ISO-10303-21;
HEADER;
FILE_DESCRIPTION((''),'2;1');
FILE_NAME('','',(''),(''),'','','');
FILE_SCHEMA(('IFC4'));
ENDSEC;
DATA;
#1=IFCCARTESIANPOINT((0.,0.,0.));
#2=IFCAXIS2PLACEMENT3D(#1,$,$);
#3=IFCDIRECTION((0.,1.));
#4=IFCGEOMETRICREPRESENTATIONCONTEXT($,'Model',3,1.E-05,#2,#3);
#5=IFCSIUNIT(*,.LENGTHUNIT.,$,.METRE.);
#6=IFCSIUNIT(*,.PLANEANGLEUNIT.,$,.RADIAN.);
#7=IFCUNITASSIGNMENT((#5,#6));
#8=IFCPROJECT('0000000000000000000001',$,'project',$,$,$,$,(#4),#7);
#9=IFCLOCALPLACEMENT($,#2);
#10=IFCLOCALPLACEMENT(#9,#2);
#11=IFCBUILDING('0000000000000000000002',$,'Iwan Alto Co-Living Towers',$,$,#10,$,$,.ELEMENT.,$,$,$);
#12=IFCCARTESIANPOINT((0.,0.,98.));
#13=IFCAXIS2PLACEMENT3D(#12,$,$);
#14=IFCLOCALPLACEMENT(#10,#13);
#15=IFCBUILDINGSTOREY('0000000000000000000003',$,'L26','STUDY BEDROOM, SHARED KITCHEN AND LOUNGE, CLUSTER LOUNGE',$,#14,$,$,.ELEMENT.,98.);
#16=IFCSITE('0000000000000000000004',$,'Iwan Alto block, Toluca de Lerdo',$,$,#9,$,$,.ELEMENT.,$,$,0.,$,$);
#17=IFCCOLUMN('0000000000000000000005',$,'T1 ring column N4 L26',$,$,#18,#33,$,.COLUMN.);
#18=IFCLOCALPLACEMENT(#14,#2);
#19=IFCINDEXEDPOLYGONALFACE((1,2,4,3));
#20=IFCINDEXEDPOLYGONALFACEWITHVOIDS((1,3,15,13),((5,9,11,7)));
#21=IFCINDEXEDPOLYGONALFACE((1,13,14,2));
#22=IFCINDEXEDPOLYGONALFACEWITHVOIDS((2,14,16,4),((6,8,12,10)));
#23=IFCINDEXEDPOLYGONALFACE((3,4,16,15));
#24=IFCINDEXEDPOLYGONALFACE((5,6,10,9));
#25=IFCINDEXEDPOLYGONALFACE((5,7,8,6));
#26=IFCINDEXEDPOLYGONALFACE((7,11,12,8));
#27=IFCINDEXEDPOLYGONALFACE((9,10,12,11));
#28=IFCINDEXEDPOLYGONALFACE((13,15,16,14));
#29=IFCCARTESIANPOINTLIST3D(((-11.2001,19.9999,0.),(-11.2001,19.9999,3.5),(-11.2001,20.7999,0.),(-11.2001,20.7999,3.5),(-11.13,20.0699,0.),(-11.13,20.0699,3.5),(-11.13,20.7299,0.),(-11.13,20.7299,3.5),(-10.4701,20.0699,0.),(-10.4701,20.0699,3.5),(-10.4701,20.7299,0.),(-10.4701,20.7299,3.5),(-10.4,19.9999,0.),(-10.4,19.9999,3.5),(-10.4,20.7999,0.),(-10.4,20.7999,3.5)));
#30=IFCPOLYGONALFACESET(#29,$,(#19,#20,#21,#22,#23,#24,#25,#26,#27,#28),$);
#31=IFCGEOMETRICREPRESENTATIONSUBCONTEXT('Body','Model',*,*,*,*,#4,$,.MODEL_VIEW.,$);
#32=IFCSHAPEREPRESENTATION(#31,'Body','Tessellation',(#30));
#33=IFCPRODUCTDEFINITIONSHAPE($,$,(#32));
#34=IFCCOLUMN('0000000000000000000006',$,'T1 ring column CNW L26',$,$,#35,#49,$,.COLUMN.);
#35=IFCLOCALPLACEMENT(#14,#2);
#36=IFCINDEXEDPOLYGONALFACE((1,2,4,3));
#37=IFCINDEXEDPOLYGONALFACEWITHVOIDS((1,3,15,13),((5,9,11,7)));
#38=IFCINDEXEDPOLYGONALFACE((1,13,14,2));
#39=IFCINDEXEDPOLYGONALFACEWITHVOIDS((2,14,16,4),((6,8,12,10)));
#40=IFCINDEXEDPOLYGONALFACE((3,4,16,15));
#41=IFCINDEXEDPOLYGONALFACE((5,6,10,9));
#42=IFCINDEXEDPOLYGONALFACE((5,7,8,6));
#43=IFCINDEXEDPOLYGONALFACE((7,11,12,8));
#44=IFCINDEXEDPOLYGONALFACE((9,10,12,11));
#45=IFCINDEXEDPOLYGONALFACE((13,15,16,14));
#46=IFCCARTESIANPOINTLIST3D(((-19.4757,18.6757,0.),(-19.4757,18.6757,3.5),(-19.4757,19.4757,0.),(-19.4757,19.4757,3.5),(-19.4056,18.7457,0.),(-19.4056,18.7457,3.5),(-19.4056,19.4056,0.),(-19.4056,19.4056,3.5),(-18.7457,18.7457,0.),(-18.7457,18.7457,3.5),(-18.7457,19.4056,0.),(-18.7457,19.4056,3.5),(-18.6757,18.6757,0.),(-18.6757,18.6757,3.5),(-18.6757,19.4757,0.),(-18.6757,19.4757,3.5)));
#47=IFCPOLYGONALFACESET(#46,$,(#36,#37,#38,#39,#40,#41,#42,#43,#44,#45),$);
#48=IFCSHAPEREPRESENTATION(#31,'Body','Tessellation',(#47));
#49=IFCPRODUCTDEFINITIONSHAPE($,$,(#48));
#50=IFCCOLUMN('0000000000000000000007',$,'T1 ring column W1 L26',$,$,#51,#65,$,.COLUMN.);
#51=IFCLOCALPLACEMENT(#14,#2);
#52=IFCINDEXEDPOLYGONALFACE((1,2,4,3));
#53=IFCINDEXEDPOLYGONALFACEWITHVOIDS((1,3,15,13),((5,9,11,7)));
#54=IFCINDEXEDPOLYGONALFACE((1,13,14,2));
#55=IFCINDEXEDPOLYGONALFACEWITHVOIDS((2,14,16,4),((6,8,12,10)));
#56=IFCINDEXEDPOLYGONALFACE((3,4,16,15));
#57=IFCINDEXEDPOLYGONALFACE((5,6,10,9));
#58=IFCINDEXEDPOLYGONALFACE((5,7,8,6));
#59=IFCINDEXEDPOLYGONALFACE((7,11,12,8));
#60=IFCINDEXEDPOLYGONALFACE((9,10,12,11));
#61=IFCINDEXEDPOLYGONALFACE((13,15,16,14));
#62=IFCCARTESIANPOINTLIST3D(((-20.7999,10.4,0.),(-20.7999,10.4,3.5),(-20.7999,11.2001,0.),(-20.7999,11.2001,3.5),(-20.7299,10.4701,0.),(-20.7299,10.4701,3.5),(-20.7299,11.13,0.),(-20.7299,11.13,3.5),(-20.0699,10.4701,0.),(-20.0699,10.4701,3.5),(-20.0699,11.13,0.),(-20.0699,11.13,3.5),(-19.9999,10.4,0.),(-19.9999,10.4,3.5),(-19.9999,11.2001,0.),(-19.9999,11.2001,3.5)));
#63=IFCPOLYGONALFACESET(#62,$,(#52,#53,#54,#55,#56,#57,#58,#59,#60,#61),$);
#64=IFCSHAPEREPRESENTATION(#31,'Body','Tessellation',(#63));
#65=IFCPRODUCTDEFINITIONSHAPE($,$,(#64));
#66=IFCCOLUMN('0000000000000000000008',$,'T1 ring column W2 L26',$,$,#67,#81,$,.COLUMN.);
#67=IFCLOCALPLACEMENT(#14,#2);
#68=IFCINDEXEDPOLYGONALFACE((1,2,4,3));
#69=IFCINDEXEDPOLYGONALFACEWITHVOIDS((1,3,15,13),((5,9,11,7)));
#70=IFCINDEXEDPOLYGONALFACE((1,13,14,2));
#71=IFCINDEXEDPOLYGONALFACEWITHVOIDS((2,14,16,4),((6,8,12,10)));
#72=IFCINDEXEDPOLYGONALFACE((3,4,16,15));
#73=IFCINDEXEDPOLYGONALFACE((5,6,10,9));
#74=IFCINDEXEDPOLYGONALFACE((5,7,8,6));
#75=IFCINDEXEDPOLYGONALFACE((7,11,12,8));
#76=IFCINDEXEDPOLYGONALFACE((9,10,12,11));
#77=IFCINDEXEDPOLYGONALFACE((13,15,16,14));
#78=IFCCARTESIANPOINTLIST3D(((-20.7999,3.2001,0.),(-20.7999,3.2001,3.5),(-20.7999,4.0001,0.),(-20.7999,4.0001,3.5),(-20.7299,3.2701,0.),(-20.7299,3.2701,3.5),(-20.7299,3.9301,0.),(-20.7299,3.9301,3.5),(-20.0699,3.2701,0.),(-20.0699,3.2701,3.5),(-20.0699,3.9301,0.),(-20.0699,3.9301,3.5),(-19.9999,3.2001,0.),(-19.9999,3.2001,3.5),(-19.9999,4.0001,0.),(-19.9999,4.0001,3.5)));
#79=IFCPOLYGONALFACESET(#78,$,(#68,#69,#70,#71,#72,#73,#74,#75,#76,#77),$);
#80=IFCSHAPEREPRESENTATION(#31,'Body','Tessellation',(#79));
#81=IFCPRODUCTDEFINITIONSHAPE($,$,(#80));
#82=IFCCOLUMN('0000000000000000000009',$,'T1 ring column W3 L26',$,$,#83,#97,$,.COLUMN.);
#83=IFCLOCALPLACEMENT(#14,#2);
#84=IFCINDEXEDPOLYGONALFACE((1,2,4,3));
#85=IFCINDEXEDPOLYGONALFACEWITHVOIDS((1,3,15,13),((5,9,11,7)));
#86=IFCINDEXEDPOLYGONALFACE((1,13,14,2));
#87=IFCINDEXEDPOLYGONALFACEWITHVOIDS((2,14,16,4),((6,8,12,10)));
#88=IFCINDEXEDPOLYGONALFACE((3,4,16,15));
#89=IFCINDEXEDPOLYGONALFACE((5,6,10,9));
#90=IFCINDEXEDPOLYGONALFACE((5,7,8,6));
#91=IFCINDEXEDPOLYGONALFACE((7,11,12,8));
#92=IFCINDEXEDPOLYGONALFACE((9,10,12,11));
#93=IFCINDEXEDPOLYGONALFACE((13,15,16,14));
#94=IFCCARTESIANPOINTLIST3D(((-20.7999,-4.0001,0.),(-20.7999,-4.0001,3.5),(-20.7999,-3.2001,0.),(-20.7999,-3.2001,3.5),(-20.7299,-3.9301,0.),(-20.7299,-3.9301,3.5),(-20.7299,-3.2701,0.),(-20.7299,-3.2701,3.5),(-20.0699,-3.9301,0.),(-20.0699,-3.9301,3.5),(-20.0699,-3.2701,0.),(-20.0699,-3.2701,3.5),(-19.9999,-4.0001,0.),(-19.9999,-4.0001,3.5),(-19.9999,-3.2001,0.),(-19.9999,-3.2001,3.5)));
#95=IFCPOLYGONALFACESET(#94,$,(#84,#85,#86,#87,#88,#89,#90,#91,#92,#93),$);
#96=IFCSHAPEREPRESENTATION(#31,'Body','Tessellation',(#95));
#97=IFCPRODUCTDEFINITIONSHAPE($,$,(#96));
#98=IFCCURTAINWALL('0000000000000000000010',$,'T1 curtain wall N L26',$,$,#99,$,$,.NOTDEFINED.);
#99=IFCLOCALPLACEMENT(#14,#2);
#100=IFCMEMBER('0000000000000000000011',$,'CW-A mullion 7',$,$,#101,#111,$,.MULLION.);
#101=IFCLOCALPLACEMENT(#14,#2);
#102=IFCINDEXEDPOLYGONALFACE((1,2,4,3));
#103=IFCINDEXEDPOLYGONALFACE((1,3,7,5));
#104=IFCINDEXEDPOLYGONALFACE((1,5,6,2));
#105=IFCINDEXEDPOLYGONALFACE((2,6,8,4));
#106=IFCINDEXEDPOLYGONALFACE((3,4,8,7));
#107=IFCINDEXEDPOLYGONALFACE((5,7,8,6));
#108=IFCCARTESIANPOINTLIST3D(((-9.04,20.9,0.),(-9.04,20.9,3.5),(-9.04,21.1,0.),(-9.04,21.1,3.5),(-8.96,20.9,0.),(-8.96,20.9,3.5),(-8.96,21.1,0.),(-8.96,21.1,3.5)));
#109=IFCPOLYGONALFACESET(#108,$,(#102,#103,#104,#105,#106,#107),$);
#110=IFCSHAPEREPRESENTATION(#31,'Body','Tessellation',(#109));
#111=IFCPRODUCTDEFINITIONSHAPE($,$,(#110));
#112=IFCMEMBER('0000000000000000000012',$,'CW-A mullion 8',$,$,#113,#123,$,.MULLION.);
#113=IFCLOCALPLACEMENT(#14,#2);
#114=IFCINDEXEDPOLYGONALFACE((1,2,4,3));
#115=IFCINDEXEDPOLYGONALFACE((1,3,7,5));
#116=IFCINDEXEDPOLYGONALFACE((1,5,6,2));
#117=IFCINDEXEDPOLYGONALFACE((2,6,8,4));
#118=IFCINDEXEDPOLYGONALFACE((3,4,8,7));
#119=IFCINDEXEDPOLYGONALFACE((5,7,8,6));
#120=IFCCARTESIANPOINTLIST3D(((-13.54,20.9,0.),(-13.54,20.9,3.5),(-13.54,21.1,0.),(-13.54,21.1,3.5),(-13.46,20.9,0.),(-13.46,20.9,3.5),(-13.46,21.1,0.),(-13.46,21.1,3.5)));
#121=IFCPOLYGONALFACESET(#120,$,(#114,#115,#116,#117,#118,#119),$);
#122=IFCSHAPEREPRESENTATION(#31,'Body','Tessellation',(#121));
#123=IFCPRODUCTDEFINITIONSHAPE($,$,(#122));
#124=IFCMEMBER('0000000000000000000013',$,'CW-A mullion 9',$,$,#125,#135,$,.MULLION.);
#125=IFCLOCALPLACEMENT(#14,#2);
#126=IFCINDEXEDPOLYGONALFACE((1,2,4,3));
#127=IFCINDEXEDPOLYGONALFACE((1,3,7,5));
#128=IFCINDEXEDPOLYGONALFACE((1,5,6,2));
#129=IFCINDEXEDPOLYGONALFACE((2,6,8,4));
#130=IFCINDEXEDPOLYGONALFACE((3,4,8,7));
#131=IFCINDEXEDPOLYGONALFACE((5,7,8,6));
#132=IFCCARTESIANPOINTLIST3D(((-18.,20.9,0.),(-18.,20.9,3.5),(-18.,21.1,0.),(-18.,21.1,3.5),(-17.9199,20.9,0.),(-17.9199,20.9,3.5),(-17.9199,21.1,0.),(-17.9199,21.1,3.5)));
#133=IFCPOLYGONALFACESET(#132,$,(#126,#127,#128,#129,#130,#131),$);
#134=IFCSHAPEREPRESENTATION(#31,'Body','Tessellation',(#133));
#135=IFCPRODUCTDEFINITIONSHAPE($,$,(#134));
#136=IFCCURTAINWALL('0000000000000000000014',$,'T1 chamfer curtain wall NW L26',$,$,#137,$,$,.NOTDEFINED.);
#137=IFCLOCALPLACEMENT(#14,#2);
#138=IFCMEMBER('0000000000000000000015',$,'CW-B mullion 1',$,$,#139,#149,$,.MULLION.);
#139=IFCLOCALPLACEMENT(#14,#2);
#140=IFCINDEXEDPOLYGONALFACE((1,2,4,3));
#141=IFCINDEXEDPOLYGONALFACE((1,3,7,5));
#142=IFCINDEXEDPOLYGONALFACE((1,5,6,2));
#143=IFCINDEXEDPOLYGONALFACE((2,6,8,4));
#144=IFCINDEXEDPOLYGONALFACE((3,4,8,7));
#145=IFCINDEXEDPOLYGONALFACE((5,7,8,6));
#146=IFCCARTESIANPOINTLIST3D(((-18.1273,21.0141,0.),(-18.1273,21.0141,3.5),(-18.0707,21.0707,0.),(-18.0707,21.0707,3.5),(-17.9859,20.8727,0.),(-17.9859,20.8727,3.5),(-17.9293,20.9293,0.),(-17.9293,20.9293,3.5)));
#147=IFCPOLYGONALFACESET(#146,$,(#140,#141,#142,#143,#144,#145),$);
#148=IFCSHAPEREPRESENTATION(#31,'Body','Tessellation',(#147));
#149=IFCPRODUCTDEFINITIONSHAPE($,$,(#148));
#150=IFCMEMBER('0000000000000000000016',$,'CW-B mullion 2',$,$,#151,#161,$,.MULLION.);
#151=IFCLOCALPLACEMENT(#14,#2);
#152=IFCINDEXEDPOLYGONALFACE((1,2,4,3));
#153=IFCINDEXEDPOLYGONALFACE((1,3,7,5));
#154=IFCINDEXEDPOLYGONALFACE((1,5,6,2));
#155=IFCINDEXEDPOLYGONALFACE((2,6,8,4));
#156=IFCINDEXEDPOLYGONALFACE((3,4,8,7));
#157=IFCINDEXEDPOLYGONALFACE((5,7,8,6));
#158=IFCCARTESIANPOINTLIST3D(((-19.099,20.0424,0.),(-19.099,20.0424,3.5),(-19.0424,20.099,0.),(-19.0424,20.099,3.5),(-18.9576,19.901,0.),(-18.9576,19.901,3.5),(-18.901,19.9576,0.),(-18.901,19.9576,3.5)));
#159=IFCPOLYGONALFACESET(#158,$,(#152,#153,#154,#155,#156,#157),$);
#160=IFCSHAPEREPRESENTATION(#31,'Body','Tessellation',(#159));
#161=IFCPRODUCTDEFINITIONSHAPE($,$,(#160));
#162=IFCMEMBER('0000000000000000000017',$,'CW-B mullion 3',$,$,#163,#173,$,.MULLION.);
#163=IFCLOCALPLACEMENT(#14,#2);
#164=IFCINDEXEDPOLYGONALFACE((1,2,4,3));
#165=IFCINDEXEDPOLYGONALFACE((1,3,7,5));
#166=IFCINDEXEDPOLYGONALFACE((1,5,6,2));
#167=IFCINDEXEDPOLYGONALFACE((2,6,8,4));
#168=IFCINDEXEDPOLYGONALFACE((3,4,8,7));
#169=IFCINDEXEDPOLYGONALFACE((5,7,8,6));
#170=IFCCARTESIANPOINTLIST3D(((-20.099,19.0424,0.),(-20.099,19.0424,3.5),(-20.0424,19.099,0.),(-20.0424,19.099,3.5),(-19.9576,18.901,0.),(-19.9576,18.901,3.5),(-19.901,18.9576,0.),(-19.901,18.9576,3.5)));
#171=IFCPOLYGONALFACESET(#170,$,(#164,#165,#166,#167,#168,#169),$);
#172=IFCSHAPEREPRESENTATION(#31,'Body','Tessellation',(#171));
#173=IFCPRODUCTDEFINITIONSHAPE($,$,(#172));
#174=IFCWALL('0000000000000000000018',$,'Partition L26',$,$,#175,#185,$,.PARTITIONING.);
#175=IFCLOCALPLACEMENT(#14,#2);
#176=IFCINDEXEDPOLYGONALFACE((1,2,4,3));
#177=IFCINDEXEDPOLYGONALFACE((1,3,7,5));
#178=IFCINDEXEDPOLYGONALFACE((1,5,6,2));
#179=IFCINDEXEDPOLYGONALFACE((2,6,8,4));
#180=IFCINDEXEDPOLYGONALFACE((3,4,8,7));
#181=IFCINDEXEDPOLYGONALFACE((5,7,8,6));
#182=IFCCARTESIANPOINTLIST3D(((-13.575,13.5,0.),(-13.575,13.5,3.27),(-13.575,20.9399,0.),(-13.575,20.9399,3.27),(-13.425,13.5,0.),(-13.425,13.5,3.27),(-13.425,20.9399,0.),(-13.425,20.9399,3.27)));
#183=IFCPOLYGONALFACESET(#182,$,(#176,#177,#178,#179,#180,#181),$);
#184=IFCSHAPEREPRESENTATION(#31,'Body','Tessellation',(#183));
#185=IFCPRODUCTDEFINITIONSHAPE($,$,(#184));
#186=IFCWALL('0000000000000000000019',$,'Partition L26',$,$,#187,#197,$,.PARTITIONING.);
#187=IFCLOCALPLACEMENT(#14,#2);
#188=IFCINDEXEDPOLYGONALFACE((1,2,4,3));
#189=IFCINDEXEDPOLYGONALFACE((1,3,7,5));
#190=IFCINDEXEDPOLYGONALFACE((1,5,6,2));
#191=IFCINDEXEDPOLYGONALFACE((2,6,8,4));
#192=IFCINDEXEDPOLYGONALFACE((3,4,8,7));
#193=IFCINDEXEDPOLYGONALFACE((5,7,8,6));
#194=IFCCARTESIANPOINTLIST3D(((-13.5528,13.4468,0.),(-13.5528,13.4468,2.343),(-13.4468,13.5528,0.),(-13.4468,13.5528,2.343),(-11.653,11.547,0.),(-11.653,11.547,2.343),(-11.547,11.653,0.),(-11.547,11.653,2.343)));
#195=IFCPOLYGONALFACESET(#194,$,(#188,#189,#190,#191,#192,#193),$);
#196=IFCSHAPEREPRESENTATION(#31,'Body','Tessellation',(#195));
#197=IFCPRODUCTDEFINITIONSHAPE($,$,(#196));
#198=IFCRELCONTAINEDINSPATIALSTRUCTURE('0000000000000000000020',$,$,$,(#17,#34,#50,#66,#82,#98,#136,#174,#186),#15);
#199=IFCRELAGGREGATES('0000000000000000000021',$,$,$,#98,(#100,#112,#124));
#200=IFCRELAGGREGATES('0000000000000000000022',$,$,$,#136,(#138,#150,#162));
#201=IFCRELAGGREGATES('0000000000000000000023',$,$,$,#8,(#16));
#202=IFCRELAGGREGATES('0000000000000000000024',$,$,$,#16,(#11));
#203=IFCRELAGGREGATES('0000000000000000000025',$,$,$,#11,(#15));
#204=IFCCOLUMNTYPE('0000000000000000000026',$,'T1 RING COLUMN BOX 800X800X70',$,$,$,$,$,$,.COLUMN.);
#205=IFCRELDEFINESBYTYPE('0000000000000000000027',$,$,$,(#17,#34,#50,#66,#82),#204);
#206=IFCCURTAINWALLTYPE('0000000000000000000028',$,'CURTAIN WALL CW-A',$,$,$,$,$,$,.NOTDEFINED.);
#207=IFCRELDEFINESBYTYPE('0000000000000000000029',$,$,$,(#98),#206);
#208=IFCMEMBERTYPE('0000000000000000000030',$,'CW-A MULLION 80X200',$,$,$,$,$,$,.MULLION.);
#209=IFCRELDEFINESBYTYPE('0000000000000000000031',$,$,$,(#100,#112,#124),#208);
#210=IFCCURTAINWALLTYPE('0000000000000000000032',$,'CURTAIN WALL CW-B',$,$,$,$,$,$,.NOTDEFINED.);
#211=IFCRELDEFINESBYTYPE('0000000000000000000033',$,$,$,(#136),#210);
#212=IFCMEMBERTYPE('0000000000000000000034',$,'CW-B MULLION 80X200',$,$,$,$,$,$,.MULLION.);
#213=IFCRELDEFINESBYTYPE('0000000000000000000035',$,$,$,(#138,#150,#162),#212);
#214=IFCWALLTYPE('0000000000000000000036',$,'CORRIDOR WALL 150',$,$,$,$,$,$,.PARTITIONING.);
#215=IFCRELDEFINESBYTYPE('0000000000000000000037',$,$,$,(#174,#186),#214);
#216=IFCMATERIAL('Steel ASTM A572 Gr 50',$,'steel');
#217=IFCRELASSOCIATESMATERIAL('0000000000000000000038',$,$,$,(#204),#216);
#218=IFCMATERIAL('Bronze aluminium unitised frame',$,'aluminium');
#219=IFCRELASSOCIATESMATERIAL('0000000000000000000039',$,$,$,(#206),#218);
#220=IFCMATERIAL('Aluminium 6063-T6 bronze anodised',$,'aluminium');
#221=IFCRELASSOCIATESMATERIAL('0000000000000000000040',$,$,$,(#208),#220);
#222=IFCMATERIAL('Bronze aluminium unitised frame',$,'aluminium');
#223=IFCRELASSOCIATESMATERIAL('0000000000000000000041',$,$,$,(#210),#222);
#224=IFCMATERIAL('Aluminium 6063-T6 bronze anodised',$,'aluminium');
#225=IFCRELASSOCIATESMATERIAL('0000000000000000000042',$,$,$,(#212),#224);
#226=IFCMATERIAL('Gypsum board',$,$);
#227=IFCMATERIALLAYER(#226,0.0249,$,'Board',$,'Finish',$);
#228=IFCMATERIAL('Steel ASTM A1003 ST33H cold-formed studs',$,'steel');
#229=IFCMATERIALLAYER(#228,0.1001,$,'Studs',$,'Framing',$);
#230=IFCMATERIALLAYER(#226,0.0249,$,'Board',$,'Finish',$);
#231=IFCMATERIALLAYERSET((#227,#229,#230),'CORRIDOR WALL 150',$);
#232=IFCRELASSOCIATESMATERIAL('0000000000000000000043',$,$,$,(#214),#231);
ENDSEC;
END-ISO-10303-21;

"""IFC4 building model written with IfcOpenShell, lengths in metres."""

from ifc_helpers import new_model, si_unit, direction, frame, frame_2d, origin, origin_2d, place, context, subcontext, project, spatial, rectangle, hollow_rectangle, extrude, material, layer, layer_set, material_profile, profile_set, type_object, element, aggregate, save


model = new_model("IFC4")

# Units and contexts
model_context = context("Model", 3, precision=1e-05, world=origin(), true_north=direction((0.0, 1.0)))
body_context = subcontext(model_context, "Body", "Model", "MODEL_VIEW")
ifc_project = project(units=[si_unit("LENGTHUNIT", "METRE"), si_unit("PLANEANGLEUNIT", "RADIAN")], contexts=[model_context])

# Site, building, storey
site_placement = place(None, origin())
site = spatial("IfcSite", under=ifc_project, at=site_placement, Name="Iwan Alto block, Toluca de Lerdo", CompositionType="ELEMENT", RefElevation=0.0)
building_placement = place(site_placement, origin())
building = spatial("IfcBuilding", under=site, at=building_placement, Name="Iwan Alto Co-Living Towers", CompositionType="ELEMENT")
storey_placement = place(building_placement, frame((0.0, 0.0, 98.0)))
storey = spatial("IfcBuildingStorey", under=building, at=storey_placement, Name="L26", Description="STUDY BEDROOM, SHARED KITCHEN AND LOUNGE, CLUSTER LOUNGE", CompositionType="ELEMENT", Elevation=98.0)

# Columns
ifc_material_1 = material(Name="Steel ASTM A572 Gr 50", Category="steel")
ifc_material_profile_1 = material_profile(ifc_material_1, hollow_rectangle(XDim=0.8, YDim=0.8, WallThickness=0.0701, at=origin_2d()), Name="BOX 800X800X70")
ifc_profile_set_1 = profile_set([ifc_material_profile_1], Name="Steel ASTM A572 Gr 50")
column_type = type_object("IfcColumnType", Name="T1 RING COLUMN BOX 800X800X70", PredefinedType="COLUMN", material=ifc_profile_set_1)
for number, where, z_axis, x_axis, name in (
    (1, (-10.8, 20.3999, 0.0), (0.0, 0.0, 1.0), (1.0, 0.0, 0.0), "T1 ring column N4 L26"),
    (2, (-19.0757, 19.0757, 0.0), (0.0, 0.0, 1.0), (1.0, 0.0, 0.0), "T1 ring column CNW L26"),
    (3, (-20.3999, 10.8, 0.0), (0.0, 0.0, 1.0), (1.0, 0.0, 0.0), "T1 ring column W1 L26"),
    (4, (-20.3999, 3.6001, 0.0), (0.0, 0.0, 1.0), (1.0, 0.0, 0.0), "T1 ring column W2 L26"),
    (5, (-20.3999, -3.6001, 0.0), (0.0, 0.0, 1.0), (1.0, 0.0, 0.0), "T1 ring column W3 L26"),
):
    element("IfcColumn", number, at=place(storey_placement, frame(where, z_axis=z_axis, x_axis=x_axis)), inside=storey, type_object=column_type, Name=name, PredefinedType="COLUMN", context=body_context, shape_type="SweptSolid", body=[
        extrude(hollow_rectangle(XDim=0.8, YDim=0.8, WallThickness=0.0701, at=origin_2d()), origin(), (0.0, 0.0, 1.0), 3.5),
    ])

# Curtain walls, members
ifc_material_2 = material(Name="Bronze aluminium unitised frame", Category="aluminium")
curtain_wall_type_1 = type_object("IfcCurtainWallType", Name="CURTAIN WALL CW-A", PredefinedType="NOTDEFINED", material=ifc_material_2)
curtain_wall_1_placement = place(storey_placement, origin())
curtain_wall_1 = element("IfcCurtainWall", 6, at=curtain_wall_1_placement, inside=storey, type_object=curtain_wall_type_1, Name="T1 curtain wall N L26", PredefinedType="NOTDEFINED")
ifc_material_3 = material(Name="Aluminium 6063-T6 bronze anodised", Category="aluminium")
ifc_material_profile_2 = material_profile(ifc_material_3, rectangle(XDim=0.2, YDim=0.0801, at=origin_2d()), Name="AL 80X200")
ifc_profile_set_2 = profile_set([ifc_material_profile_2], Name="Aluminium 6063-T6 bronze anodised")
member_type_1 = type_object("IfcMemberType", Name="CW-A MULLION 80X200", PredefinedType="MULLION", material=ifc_profile_set_2)
member_1_placement = place(storey_placement, frame((-9.0, 21.0, 0.0), z_axis=(0.0, 0.0, 1.0), x_axis=(0.0, -1.0, 0.0)))
member_1 = element("IfcMember", 7, at=member_1_placement, type_object=member_type_1, Name="CW-A mullion 7", PredefinedType="MULLION", context=body_context, shape_type="SweptSolid", body=[
    extrude(rectangle(XDim=0.2, YDim=0.0801, at=origin_2d()), origin(), (0.0, 0.0, 1.0), 3.5),
])
member_2_placement = place(storey_placement, frame((-13.5, 21.0, 0.0), z_axis=(0.0, 0.0, 1.0), x_axis=(0.0, -1.0, 0.0)))
member_2 = element("IfcMember", 8, at=member_2_placement, type_object=member_type_1, Name="CW-A mullion 8", PredefinedType="MULLION", context=body_context, shape_type="SweptSolid", body=[
    extrude(rectangle(XDim=0.2, YDim=0.0801, at=origin_2d()), origin(), (0.0, 0.0, 1.0), 3.5),
])
member_3_placement = place(storey_placement, frame((-17.96, 21.0, 0.0), z_axis=(0.0, 0.0, 1.0), x_axis=(0.0, -1.0, 0.0)))
member_3 = element("IfcMember", 9, at=member_3_placement, type_object=member_type_1, Name="CW-A mullion 9", PredefinedType="MULLION", context=body_context, shape_type="SweptSolid", body=[
    extrude(rectangle(XDim=0.2, YDim=0.0801, at=origin_2d()), origin(), (0.0, 0.0, 1.0), 3.5),
])
aggregate(curtain_wall_1, [member_1, member_2, member_3])
ifc_material_4 = material(Name="Bronze aluminium unitised frame", Category="aluminium")
curtain_wall_type_2 = type_object("IfcCurtainWallType", Name="CURTAIN WALL CW-B", PredefinedType="NOTDEFINED", material=ifc_material_4)
curtain_wall_2_placement = place(storey_placement, origin())
curtain_wall_2 = element("IfcCurtainWall", 10, at=curtain_wall_2_placement, inside=storey, type_object=curtain_wall_type_2, Name="T1 chamfer curtain wall NW L26", PredefinedType="NOTDEFINED")
ifc_material_5 = material(Name="Aluminium 6063-T6 bronze anodised", Category="aluminium")
ifc_material_profile_3 = material_profile(ifc_material_5, rectangle(XDim=0.2, YDim=0.0801, at=origin_2d()), Name="AL 80X200")
ifc_profile_set_3 = profile_set([ifc_material_profile_3], Name="Aluminium 6063-T6 bronze anodised")
member_type_2 = type_object("IfcMemberType", Name="CW-B MULLION 80X200", PredefinedType="MULLION", material=ifc_profile_set_3)
member_4_placement = place(storey_placement, frame((-18.0283, 20.9717, 0.0), z_axis=(0.0, 0.0, 1.0), x_axis=(0.707107, -0.707107, 0.0)))
member_4 = element("IfcMember", 11, at=member_4_placement, type_object=member_type_2, Name="CW-B mullion 1", PredefinedType="MULLION", context=body_context, shape_type="SweptSolid", body=[
    extrude(rectangle(XDim=0.2, YDim=0.0801, at=origin_2d()), origin(), (0.0, 0.0, 1.0), 3.5),
])
member_5_placement = place(storey_placement, frame((-19.0, 20.0, 0.0), z_axis=(0.0, 0.0, 1.0), x_axis=(0.707107, -0.707107, 0.0)))
member_5 = element("IfcMember", 12, at=member_5_placement, type_object=member_type_2, Name="CW-B mullion 2", PredefinedType="MULLION", context=body_context, shape_type="SweptSolid", body=[
    extrude(rectangle(XDim=0.2, YDim=0.0801, at=origin_2d()), origin(), (0.0, 0.0, 1.0), 3.5),
])
member_6_placement = place(storey_placement, frame((-20.0, 19.0, 0.0), z_axis=(0.0, 0.0, 1.0), x_axis=(0.707107, -0.707107, 0.0)))
member_6 = element("IfcMember", 13, at=member_6_placement, type_object=member_type_2, Name="CW-B mullion 3", PredefinedType="MULLION", context=body_context, shape_type="SweptSolid", body=[
    extrude(rectangle(XDim=0.2, YDim=0.0801, at=origin_2d()), origin(), (0.0, 0.0, 1.0), 3.5),
])
aggregate(curtain_wall_2, [member_4, member_5, member_6])

# Walls
ifc_material_6 = material(Name="Gypsum board")
ifc_layer_1 = layer(ifc_material_6, 0.0249, Name="Board", Category="Finish")
ifc_material_7 = material(Name="Steel ASTM A1003 ST33H cold-formed studs", Category="steel")
ifc_layer_2 = layer(ifc_material_7, 0.1001, Name="Studs", Category="Framing")
ifc_layer_3 = layer(ifc_material_6, 0.0249, Name="Board", Category="Finish")
ifc_layer_set_1 = layer_set([ifc_layer_1, ifc_layer_2, ifc_layer_3], Name="CORRIDOR WALL 150")
wall_type_1 = type_object("IfcWallType", Name="CORRIDOR WALL 150", PredefinedType="PARTITIONING", material=ifc_layer_set_1)
wall_1_placement = place(storey_placement, frame((-13.5, 13.5, 0.0), z_axis=(0.0, 0.0, 1.0), x_axis=(0.0, 1.0, 0.0)))
element("IfcWall", 14, at=wall_1_placement, inside=storey, type_object=wall_type_1, Name="Partition L26", PredefinedType="PARTITIONING", context=body_context, shape_type="SweptSolid", body=[
    extrude(rectangle(XDim=7.4399, YDim=0.1499, at=frame_2d((3.72, 0.0))), origin(), (0.0, 0.0, 1.0), 3.27),
])
wall_2_placement = place(storey_placement, frame((-11.6001, 11.6001, 0.0), z_axis=(0.0, 0.0, 1.0), x_axis=(-0.707107, 0.707107, 0.0)))
element("IfcWall", 15, at=wall_2_placement, inside=storey, type_object=wall_type_1, Name="Partition L26", PredefinedType="PARTITIONING", context=body_context, shape_type="SweptSolid", body=[
    extrude(rectangle(XDim=2.6868, YDim=0.1499, at=frame_2d((1.3433, 0.0))), origin(), (0.0, 0.0, 1.0), 2.343),
])

save(model, "model.ifc")
